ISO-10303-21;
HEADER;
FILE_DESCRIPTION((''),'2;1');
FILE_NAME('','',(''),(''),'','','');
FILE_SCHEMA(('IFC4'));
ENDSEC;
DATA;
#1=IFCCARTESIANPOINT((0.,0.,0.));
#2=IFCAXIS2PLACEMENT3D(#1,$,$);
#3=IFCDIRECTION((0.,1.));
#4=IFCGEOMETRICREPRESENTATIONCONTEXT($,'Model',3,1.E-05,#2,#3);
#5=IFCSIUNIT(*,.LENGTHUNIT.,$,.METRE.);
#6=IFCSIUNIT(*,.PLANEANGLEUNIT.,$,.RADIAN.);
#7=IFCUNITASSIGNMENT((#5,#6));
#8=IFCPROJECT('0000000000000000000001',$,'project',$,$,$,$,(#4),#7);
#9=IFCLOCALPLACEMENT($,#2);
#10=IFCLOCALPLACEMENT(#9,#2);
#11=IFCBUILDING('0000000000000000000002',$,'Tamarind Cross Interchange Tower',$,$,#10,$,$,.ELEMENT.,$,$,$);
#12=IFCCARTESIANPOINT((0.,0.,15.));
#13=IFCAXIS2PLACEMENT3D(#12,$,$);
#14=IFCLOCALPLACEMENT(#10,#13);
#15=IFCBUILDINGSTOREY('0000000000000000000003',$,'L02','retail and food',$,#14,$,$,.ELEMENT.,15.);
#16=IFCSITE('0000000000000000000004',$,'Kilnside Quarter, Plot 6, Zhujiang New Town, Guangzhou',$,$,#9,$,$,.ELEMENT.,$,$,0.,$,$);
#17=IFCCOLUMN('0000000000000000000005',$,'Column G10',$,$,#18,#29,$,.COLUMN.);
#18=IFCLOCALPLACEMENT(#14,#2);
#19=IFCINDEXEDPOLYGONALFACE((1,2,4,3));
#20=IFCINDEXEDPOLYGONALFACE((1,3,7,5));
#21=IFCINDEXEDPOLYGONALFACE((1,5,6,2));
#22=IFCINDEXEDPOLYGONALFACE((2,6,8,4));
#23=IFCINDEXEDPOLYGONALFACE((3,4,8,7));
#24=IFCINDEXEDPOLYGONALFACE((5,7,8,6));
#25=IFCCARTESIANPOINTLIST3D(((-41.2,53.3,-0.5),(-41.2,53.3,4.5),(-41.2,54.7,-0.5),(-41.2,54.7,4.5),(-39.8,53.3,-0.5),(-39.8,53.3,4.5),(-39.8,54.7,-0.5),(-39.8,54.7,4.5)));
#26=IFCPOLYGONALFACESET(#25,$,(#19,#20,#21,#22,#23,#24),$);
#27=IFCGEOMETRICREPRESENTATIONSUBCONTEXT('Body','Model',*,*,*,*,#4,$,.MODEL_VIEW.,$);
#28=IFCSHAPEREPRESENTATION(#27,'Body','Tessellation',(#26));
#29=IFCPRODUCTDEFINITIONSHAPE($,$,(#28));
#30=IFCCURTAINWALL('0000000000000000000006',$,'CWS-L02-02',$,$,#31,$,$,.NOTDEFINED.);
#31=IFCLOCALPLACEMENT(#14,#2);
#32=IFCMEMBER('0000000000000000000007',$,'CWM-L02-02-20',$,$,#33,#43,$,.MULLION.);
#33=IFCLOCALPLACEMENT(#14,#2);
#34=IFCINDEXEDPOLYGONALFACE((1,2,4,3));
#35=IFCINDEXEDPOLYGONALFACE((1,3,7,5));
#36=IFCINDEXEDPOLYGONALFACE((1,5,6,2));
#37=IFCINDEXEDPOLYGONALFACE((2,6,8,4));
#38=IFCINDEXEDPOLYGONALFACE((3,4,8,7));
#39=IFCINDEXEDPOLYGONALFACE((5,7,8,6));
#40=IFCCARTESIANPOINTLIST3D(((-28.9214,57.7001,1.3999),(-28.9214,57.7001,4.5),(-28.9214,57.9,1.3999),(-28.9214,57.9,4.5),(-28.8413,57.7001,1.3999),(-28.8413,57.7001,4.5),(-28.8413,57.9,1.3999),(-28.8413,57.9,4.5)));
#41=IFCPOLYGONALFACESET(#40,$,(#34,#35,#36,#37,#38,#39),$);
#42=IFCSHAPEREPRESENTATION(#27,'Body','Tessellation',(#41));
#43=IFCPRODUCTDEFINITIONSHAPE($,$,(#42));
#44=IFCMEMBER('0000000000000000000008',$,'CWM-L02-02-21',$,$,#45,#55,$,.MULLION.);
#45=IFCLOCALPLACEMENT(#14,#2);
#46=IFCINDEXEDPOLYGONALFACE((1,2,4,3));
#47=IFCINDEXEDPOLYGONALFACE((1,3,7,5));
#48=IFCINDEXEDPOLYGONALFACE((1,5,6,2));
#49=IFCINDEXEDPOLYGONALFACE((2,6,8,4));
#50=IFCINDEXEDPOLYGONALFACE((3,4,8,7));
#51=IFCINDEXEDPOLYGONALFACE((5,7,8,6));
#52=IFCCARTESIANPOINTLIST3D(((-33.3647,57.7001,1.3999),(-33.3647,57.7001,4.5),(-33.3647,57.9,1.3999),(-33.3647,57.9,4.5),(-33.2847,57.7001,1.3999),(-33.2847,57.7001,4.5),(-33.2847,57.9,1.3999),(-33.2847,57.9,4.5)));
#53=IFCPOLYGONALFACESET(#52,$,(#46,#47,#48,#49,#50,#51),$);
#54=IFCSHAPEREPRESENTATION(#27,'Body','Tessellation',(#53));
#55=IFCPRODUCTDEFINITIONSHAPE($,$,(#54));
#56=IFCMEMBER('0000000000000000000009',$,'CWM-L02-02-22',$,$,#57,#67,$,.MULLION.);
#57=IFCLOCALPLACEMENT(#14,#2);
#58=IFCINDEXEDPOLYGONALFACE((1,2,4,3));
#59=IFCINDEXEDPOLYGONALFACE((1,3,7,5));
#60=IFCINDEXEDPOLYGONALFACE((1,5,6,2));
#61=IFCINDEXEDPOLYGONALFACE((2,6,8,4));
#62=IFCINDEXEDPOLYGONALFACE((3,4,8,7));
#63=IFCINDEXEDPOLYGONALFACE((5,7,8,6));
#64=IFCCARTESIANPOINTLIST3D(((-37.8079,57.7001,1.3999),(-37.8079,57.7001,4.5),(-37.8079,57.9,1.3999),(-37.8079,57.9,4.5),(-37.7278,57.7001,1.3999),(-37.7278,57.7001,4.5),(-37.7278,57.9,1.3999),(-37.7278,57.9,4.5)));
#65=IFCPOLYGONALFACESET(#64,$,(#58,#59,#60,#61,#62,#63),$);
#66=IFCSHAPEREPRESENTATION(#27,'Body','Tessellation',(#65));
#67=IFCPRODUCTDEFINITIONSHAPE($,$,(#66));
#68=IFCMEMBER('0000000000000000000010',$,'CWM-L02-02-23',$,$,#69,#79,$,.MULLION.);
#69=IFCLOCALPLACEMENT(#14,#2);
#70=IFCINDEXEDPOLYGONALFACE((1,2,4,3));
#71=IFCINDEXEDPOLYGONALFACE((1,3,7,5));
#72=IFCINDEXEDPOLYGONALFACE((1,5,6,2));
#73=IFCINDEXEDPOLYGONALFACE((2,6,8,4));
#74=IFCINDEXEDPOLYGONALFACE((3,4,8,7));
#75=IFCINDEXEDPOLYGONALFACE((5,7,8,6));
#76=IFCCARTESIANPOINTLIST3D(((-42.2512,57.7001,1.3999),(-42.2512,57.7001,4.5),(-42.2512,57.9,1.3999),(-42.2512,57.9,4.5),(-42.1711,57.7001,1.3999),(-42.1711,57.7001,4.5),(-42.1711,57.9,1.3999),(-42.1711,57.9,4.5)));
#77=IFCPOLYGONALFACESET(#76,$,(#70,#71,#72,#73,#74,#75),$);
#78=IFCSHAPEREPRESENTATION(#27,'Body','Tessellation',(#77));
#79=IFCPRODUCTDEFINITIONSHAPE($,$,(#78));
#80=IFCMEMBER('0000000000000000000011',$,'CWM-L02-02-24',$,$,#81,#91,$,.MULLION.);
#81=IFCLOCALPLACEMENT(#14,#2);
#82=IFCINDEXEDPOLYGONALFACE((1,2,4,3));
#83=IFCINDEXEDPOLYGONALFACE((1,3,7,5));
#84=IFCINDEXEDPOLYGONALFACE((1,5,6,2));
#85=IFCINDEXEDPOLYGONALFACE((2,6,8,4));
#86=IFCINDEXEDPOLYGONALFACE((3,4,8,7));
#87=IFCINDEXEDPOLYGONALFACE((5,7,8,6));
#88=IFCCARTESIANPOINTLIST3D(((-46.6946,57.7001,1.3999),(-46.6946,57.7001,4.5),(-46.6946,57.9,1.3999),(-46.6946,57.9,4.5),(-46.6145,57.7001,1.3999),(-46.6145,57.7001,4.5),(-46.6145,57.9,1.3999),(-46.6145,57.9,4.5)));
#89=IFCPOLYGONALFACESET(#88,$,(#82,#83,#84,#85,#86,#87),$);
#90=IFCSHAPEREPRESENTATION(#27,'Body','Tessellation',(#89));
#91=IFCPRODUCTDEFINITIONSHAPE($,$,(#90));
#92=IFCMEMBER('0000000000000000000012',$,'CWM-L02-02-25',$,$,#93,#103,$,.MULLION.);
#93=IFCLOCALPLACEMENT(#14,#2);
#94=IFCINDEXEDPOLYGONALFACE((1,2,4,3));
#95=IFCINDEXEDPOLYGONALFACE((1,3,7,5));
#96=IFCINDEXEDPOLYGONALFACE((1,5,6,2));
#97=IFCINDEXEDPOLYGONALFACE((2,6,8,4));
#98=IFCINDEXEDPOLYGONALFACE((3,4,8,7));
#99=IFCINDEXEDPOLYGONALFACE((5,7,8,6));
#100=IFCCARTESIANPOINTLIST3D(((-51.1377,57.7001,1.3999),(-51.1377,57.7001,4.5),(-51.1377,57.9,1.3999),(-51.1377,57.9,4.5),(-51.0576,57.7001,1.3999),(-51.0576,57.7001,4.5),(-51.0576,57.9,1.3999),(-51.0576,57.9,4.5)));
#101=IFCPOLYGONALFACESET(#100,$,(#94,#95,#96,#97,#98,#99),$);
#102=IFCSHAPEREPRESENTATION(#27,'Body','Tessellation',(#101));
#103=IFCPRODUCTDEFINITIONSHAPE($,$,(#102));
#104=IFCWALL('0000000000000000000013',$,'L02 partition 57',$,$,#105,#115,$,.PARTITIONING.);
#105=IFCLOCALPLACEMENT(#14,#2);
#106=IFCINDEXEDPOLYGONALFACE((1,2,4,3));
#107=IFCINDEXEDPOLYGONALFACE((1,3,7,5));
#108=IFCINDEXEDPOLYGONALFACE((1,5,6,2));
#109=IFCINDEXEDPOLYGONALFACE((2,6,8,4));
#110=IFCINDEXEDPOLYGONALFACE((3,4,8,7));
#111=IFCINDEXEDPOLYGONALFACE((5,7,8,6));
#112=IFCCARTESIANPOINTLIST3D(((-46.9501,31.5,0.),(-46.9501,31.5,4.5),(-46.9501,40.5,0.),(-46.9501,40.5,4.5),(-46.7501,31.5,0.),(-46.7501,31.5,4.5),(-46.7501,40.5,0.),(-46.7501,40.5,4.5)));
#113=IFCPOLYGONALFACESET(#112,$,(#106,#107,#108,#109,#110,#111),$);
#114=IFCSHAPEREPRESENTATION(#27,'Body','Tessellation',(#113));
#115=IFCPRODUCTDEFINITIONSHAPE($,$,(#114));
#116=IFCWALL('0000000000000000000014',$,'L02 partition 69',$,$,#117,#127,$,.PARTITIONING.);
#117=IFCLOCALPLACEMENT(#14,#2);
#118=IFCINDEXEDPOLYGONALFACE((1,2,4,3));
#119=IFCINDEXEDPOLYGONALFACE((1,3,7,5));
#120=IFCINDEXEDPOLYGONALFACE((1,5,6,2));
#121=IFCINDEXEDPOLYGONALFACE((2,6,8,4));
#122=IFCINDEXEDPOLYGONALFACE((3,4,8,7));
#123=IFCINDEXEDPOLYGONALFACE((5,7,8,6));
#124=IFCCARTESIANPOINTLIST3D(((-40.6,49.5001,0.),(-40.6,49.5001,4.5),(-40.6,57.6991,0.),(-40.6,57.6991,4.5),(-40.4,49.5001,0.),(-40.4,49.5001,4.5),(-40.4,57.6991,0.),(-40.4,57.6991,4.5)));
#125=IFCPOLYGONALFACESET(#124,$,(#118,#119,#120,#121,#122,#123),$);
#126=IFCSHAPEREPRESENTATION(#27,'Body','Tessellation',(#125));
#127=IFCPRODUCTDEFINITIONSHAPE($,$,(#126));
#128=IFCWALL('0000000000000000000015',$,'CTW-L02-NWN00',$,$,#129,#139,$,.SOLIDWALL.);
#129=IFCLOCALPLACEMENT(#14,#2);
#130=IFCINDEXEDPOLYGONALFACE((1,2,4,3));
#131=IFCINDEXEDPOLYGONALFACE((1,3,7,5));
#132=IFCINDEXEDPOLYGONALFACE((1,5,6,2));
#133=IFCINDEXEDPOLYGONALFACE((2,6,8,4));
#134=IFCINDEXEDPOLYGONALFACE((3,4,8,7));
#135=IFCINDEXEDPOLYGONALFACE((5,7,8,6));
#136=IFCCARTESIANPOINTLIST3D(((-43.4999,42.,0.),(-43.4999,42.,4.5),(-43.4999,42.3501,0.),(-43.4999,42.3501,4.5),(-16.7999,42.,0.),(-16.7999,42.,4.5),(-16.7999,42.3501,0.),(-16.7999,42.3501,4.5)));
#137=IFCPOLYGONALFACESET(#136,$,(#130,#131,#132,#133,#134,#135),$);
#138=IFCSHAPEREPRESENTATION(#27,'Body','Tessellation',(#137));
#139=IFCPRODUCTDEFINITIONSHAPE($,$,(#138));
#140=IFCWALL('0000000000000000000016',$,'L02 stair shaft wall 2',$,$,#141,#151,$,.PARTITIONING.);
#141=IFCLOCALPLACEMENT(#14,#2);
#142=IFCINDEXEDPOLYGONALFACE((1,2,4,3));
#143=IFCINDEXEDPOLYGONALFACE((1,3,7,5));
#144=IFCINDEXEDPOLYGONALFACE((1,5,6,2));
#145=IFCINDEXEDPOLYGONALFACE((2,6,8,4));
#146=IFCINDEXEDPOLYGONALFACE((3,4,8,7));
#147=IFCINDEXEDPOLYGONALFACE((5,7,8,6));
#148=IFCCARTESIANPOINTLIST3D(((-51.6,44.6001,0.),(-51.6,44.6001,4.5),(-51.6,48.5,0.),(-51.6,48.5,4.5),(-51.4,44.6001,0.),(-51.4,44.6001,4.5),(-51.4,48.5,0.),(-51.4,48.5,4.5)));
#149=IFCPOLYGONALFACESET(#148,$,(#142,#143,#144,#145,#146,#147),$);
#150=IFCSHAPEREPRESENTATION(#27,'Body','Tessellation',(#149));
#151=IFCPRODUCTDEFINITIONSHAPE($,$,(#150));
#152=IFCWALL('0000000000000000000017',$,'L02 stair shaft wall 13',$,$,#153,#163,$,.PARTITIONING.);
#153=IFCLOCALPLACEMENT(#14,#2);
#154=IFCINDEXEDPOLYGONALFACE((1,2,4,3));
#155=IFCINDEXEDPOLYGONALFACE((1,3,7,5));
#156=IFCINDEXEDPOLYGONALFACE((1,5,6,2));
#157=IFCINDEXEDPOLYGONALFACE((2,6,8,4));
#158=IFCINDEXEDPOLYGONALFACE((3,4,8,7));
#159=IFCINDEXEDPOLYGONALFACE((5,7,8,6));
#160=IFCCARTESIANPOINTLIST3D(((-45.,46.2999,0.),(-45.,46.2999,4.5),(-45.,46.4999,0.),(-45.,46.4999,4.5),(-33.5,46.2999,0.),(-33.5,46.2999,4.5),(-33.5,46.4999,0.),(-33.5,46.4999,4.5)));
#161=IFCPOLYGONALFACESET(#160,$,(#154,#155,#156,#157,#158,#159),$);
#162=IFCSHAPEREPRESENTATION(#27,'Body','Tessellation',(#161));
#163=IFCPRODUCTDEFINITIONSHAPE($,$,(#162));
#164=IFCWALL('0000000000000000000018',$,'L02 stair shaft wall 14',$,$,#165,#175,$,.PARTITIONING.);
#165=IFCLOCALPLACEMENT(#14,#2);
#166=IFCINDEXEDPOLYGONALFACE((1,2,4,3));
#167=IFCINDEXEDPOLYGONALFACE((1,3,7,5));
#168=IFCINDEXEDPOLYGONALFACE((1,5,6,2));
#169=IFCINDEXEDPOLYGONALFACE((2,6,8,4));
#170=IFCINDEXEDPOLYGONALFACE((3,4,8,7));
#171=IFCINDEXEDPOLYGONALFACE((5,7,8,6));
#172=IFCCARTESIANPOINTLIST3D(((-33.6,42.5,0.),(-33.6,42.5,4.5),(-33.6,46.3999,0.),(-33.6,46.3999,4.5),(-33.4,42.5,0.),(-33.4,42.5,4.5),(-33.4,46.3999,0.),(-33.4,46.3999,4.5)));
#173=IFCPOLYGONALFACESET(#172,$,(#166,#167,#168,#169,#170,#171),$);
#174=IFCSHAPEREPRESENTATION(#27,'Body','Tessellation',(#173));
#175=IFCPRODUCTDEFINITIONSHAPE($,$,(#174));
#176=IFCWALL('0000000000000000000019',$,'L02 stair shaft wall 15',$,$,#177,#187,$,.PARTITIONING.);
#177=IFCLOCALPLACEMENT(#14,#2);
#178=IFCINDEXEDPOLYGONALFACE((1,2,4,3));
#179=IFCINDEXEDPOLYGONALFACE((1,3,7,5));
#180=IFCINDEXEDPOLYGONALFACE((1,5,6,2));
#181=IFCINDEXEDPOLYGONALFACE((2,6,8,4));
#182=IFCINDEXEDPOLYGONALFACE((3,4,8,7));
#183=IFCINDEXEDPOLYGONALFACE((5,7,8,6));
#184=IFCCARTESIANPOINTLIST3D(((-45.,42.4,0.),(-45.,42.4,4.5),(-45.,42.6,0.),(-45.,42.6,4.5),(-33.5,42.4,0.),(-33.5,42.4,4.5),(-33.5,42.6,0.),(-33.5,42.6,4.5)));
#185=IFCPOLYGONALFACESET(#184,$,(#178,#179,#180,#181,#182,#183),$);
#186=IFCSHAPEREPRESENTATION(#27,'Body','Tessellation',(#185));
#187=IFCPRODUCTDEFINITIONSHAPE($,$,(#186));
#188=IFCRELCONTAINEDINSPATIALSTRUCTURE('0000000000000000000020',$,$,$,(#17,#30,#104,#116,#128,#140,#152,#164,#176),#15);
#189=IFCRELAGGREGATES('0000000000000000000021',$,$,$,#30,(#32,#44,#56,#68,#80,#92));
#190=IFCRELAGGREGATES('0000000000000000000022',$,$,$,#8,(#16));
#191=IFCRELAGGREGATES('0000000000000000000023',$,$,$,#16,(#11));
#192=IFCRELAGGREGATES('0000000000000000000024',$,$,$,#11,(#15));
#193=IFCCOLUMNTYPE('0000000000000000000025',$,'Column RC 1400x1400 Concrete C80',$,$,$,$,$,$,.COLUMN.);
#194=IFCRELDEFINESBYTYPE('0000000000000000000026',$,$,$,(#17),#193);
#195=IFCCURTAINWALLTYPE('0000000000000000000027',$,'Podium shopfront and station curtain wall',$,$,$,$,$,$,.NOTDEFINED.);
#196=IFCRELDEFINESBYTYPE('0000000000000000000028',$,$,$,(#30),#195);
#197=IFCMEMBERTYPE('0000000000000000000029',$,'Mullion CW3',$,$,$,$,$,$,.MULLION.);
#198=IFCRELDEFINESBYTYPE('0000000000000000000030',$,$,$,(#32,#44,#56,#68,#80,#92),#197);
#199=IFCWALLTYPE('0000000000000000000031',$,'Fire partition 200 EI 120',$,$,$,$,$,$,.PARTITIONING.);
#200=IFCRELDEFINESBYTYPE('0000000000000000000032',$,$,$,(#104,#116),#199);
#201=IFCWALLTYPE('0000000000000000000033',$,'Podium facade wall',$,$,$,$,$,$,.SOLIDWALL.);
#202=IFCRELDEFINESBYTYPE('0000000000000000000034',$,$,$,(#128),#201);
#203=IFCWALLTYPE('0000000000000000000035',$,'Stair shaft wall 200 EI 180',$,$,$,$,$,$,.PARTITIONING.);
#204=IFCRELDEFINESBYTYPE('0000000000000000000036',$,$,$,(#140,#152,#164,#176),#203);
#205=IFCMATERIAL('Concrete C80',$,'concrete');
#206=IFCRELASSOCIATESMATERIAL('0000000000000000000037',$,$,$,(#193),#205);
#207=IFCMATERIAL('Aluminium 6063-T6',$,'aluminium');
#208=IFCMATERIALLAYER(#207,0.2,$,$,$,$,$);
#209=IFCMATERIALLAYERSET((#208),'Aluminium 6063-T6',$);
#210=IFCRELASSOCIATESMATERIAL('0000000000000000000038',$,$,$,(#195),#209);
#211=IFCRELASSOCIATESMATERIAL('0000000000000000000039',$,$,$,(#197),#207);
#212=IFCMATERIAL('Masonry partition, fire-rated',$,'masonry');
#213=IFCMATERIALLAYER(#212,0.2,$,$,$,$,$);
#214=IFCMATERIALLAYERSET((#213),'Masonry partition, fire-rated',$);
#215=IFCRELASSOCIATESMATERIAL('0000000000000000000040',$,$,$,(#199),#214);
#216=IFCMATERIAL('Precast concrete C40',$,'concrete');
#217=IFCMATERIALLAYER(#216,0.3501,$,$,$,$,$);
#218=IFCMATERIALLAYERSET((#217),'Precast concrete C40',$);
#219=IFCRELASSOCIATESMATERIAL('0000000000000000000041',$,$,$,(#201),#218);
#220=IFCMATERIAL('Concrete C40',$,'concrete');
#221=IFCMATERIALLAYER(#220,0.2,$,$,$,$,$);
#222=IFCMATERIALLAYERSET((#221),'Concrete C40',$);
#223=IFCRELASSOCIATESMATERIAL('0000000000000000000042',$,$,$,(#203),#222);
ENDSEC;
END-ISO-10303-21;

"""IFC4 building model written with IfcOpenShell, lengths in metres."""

from ifc_helpers import new_model, si_unit, direction, frame, frame_2d, origin, origin_2d, place, context, subcontext, project, spatial, rectangle, extrude, material, layer, layer_set, material_profile, profile_set, type_object, element, aggregate, save


model = new_model("IFC4")

# Units and contexts
model_context = context("Model", 3, precision=1e-05, world=origin(), true_north=direction((0.0, 1.0)))
body_context = subcontext(model_context, "Body", "Model", "MODEL_VIEW")
ifc_project = project(units=[si_unit("LENGTHUNIT", "METRE"), si_unit("PLANEANGLEUNIT", "RADIAN")], contexts=[model_context])

# Site, building, storey
site_placement = place(None, origin())
site = spatial("IfcSite", under=ifc_project, at=site_placement, Name="Kilnside Quarter, Plot 6, Zhujiang New Town, Guangzhou", CompositionType="ELEMENT", RefElevation=0.0)
building_placement = place(site_placement, origin())
building = spatial("IfcBuilding", under=site, at=building_placement, Name="Tamarind Cross Interchange Tower", CompositionType="ELEMENT")
storey_placement = place(building_placement, frame((0.0, 0.0, 15.0)))
storey = spatial("IfcBuildingStorey", under=building, at=storey_placement, Name="L02", Description="retail and food", CompositionType="ELEMENT", Elevation=15.0)

# Column
ifc_material_1 = material(Name="Concrete C80", Category="concrete")
ifc_material_profile_1 = material_profile(ifc_material_1, rectangle(XDim=1.3999, YDim=1.3999, at=origin_2d()), Name="RC 1400x1400")
ifc_profile_set_1 = profile_set([ifc_material_profile_1], Name="Concrete C80")
column_type = type_object("IfcColumnType", Name="Column RC 1400x1400 Concrete C80", PredefinedType="COLUMN", material=ifc_profile_set_1)
column_placement = place(storey_placement, frame((-40.5, 54.0, -0.5), z_axis=(0.0, 0.0, 1.0), x_axis=(1.0, 0.0, 0.0)))
element("IfcColumn", 1, at=column_placement, inside=storey, type_object=column_type, Name="Column G10", PredefinedType="COLUMN", context=body_context, shape_type="SweptSolid", body=[
    extrude(rectangle(XDim=1.3999, YDim=1.3999, at=origin_2d()), origin(), (0.0, 0.0, 1.0), 5.0),
])

# Curtain wall, members
ifc_material_2 = material(Name="Aluminium 6063-T6", Category="aluminium")
ifc_layer_1 = layer(ifc_material_2, 0.2)
ifc_layer_set_1 = layer_set([ifc_layer_1], Name="Aluminium 6063-T6")
curtain_wall_type = type_object("IfcCurtainWallType", Name="Podium shopfront and station curtain wall", PredefinedType="NOTDEFINED", material=ifc_layer_set_1)
curtain_wall_placement = place(storey_placement, origin())
curtain_wall = element("IfcCurtainWall", 2, at=curtain_wall_placement, inside=storey, type_object=curtain_wall_type, Name="CWS-L02-02", PredefinedType="NOTDEFINED")
ifc_material_profile_2 = material_profile(ifc_material_2, rectangle(XDim=0.0801, YDim=0.2, at=origin_2d()), Name="Mullion CW3")
ifc_profile_set_2 = profile_set([ifc_material_profile_2], Name="Aluminium 6063-T6")
member_type = type_object("IfcMemberType", Name="Mullion CW3", PredefinedType="MULLION", material=ifc_profile_set_2)
member_1_placement = place(storey_placement, frame((-28.8813, 57.8, 1.3999), z_axis=(0.0, 0.0, 1.0), x_axis=(-1.0, 0.0, 0.0)))
member_1 = element("IfcMember", 3, at=member_1_placement, type_object=member_type, Name="CWM-L02-02-20", PredefinedType="MULLION", context=body_context, shape_type="SweptSolid", body=[
    extrude(rectangle(XDim=0.0801, YDim=0.2, at=origin_2d()), origin(), (0.0, 0.0, 1.0), 3.1001),
])
member_2_placement = place(storey_placement, frame((-33.3247, 57.8, 1.3999), z_axis=(0.0, 0.0, 1.0), x_axis=(-1.0, 0.0, 0.0)))
member_2 = element("IfcMember", 4, at=member_2_placement, type_object=member_type, Name="CWM-L02-02-21", PredefinedType="MULLION", context=body_context, shape_type="SweptSolid", body=[
    extrude(rectangle(XDim=0.0801, YDim=0.2, at=origin_2d()), origin(), (0.0, 0.0, 1.0), 3.1001),
])
member_3_placement = place(storey_placement, frame((-37.7678, 57.8, 1.3999), z_axis=(0.0, 0.0, 1.0), x_axis=(-1.0, 0.0, 0.0)))
member_3 = element("IfcMember", 5, at=member_3_placement, type_object=member_type, Name="CWM-L02-02-22", PredefinedType="MULLION", context=body_context, shape_type="SweptSolid", body=[
    extrude(rectangle(XDim=0.0801, YDim=0.2, at=origin_2d()), origin(), (0.0, 0.0, 1.0), 3.1001),
])
member_4_placement = place(storey_placement, frame((-42.2112, 57.8, 1.3999), z_axis=(0.0, 0.0, 1.0), x_axis=(-1.0, 0.0, 0.0)))
member_4 = element("IfcMember", 6, at=member_4_placement, type_object=member_type, Name="CWM-L02-02-23", PredefinedType="MULLION", context=body_context, shape_type="SweptSolid", body=[
    extrude(rectangle(XDim=0.0801, YDim=0.2, at=origin_2d()), origin(), (0.0, 0.0, 1.0), 3.1001),
])
member_5_placement = place(storey_placement, frame((-46.6545, 57.8, 1.3999), z_axis=(0.0, 0.0, 1.0), x_axis=(-1.0, 0.0, 0.0)))
member_5 = element("IfcMember", 7, at=member_5_placement, type_object=member_type, Name="CWM-L02-02-24", PredefinedType="MULLION", context=body_context, shape_type="SweptSolid", body=[
    extrude(rectangle(XDim=0.0801, YDim=0.2, at=origin_2d()), origin(), (0.0, 0.0, 1.0), 3.1001),
])
member_6_placement = place(storey_placement, frame((-51.0977, 57.8, 1.3999), z_axis=(0.0, 0.0, 1.0), x_axis=(-1.0, 0.0, 0.0)))
member_6 = element("IfcMember", 8, at=member_6_placement, type_object=member_type, Name="CWM-L02-02-25", PredefinedType="MULLION", context=body_context, shape_type="SweptSolid", body=[
    extrude(rectangle(XDim=0.0801, YDim=0.2, at=origin_2d()), origin(), (0.0, 0.0, 1.0), 3.1001),
])
aggregate(curtain_wall, [member_1, member_2, member_3, member_4, member_5, member_6])

# Walls
ifc_material_3 = material(Name="Masonry partition, fire-rated", Category="masonry")
ifc_layer_2 = layer(ifc_material_3, 0.2)
ifc_layer_set_2 = layer_set([ifc_layer_2], Name="Masonry partition, fire-rated")
wall_type_1 = type_object("IfcWallType", Name="Fire partition 200 EI 120", PredefinedType="PARTITIONING", material=ifc_layer_set_2)
wall_1_placement = place(storey_placement, frame((-46.8501, 31.5, 0.0), z_axis=(0.0, 0.0, 1.0), x_axis=(0.0, 1.0, 0.0)))
element("IfcWall", 9, at=wall_1_placement, inside=storey, type_object=wall_type_1, Name="L02 partition 57", PredefinedType="PARTITIONING", context=body_context, shape_type="SweptSolid", body=[
    extrude(rectangle(XDim=9.0, YDim=0.2, at=frame_2d((4.5, 0.0))), origin(), (0.0, 0.0, 1.0), 4.5),
])
wall_2_placement = place(storey_placement, frame((-40.5, 49.5, 0.0), z_axis=(0.0, 0.0, 1.0), x_axis=(0.0, 1.0, 0.0)))
element("IfcWall", 10, at=wall_2_placement, inside=storey, type_object=wall_type_1, Name="L02 partition 69", PredefinedType="PARTITIONING", context=body_context, shape_type="SweptSolid", body=[
    extrude(rectangle(XDim=8.199, YDim=0.2, at=frame_2d((4.0996, 0.0))), origin(), (0.0, 0.0, 1.0), 4.5),
])
ifc_material_4 = material(Name="Precast concrete C40", Category="concrete")
ifc_layer_3 = layer(ifc_material_4, 0.3501)
ifc_layer_set_3 = layer_set([ifc_layer_3], Name="Precast concrete C40")
wall_type_2 = type_object("IfcWallType", Name="Podium facade wall", PredefinedType="SOLIDWALL", material=ifc_layer_set_3)
wall_3_placement = place(storey_placement, frame((-43.5, 42.175, 0.0), z_axis=(0.0, 0.0, 1.0), x_axis=(1.0, 0.0, 0.0)))
element("IfcWall", 11, at=wall_3_placement, inside=storey, type_object=wall_type_2, Name="CTW-L02-NWN00", PredefinedType="SOLIDWALL", context=body_context, shape_type="SweptSolid", body=[
    extrude(rectangle(XDim=26.7, YDim=0.3501, at=frame_2d((13.3501, 0.0))), origin(), (0.0, 0.0, 1.0), 4.5),
])
ifc_material_5 = material(Name="Concrete C40", Category="concrete")
ifc_layer_4 = layer(ifc_material_5, 0.2)
ifc_layer_set_4 = layer_set([ifc_layer_4], Name="Concrete C40")
wall_type_3 = type_object("IfcWallType", Name="Stair shaft wall 200 EI 180", PredefinedType="PARTITIONING", material=ifc_layer_set_4)
wall_4_placement = place(storey_placement, frame((-51.5, 44.6001, 0.0), z_axis=(0.0, 0.0, 1.0), x_axis=(0.0, 1.0, 0.0)))
element("IfcWall", 12, at=wall_4_placement, inside=storey, type_object=wall_type_3, Name="L02 stair shaft wall 2", PredefinedType="PARTITIONING", context=body_context, shape_type="SweptSolid", body=[
    extrude(rectangle(XDim=3.8999, YDim=0.2, at=frame_2d((1.95, 0.0))), origin(), (0.0, 0.0, 1.0), 4.5),
])
wall_5_placement = place(storey_placement, frame((-45.0, 46.3999, 0.0), z_axis=(0.0, 0.0, 1.0), x_axis=(1.0, 0.0, 0.0)))
element("IfcWall", 13, at=wall_5_placement, inside=storey, type_object=wall_type_3, Name="L02 stair shaft wall 13", PredefinedType="PARTITIONING", context=body_context, shape_type="SweptSolid", body=[
    extrude(rectangle(XDim=11.5, YDim=0.2, at=frame_2d((5.75, 0.0))), origin(), (0.0, 0.0, 1.0), 4.5),
])
wall_6_placement = place(storey_placement, frame((-33.5, 42.5, 0.0), z_axis=(0.0, 0.0, 1.0), x_axis=(0.0, 1.0, 0.0)))
element("IfcWall", 14, at=wall_6_placement, inside=storey, type_object=wall_type_3, Name="L02 stair shaft wall 14", PredefinedType="PARTITIONING", context=body_context, shape_type="SweptSolid", body=[
    extrude(rectangle(XDim=3.8999, YDim=0.2, at=frame_2d((1.95, 0.0))), origin(), (0.0, 0.0, 1.0), 4.5),
])
wall_7_placement = place(storey_placement, frame((-45.0, 42.5, 0.0), z_axis=(0.0, 0.0, 1.0), x_axis=(1.0, 0.0, 0.0)))
element("IfcWall", 15, at=wall_7_placement, inside=storey, type_object=wall_type_3, Name="L02 stair shaft wall 15", PredefinedType="PARTITIONING", context=body_context, shape_type="SweptSolid", body=[
    extrude(rectangle(XDim=11.5, YDim=0.2, at=frame_2d((5.75, 0.0))), origin(), (0.0, 0.0, 1.0), 4.5),
])

save(model, "model.ifc")
